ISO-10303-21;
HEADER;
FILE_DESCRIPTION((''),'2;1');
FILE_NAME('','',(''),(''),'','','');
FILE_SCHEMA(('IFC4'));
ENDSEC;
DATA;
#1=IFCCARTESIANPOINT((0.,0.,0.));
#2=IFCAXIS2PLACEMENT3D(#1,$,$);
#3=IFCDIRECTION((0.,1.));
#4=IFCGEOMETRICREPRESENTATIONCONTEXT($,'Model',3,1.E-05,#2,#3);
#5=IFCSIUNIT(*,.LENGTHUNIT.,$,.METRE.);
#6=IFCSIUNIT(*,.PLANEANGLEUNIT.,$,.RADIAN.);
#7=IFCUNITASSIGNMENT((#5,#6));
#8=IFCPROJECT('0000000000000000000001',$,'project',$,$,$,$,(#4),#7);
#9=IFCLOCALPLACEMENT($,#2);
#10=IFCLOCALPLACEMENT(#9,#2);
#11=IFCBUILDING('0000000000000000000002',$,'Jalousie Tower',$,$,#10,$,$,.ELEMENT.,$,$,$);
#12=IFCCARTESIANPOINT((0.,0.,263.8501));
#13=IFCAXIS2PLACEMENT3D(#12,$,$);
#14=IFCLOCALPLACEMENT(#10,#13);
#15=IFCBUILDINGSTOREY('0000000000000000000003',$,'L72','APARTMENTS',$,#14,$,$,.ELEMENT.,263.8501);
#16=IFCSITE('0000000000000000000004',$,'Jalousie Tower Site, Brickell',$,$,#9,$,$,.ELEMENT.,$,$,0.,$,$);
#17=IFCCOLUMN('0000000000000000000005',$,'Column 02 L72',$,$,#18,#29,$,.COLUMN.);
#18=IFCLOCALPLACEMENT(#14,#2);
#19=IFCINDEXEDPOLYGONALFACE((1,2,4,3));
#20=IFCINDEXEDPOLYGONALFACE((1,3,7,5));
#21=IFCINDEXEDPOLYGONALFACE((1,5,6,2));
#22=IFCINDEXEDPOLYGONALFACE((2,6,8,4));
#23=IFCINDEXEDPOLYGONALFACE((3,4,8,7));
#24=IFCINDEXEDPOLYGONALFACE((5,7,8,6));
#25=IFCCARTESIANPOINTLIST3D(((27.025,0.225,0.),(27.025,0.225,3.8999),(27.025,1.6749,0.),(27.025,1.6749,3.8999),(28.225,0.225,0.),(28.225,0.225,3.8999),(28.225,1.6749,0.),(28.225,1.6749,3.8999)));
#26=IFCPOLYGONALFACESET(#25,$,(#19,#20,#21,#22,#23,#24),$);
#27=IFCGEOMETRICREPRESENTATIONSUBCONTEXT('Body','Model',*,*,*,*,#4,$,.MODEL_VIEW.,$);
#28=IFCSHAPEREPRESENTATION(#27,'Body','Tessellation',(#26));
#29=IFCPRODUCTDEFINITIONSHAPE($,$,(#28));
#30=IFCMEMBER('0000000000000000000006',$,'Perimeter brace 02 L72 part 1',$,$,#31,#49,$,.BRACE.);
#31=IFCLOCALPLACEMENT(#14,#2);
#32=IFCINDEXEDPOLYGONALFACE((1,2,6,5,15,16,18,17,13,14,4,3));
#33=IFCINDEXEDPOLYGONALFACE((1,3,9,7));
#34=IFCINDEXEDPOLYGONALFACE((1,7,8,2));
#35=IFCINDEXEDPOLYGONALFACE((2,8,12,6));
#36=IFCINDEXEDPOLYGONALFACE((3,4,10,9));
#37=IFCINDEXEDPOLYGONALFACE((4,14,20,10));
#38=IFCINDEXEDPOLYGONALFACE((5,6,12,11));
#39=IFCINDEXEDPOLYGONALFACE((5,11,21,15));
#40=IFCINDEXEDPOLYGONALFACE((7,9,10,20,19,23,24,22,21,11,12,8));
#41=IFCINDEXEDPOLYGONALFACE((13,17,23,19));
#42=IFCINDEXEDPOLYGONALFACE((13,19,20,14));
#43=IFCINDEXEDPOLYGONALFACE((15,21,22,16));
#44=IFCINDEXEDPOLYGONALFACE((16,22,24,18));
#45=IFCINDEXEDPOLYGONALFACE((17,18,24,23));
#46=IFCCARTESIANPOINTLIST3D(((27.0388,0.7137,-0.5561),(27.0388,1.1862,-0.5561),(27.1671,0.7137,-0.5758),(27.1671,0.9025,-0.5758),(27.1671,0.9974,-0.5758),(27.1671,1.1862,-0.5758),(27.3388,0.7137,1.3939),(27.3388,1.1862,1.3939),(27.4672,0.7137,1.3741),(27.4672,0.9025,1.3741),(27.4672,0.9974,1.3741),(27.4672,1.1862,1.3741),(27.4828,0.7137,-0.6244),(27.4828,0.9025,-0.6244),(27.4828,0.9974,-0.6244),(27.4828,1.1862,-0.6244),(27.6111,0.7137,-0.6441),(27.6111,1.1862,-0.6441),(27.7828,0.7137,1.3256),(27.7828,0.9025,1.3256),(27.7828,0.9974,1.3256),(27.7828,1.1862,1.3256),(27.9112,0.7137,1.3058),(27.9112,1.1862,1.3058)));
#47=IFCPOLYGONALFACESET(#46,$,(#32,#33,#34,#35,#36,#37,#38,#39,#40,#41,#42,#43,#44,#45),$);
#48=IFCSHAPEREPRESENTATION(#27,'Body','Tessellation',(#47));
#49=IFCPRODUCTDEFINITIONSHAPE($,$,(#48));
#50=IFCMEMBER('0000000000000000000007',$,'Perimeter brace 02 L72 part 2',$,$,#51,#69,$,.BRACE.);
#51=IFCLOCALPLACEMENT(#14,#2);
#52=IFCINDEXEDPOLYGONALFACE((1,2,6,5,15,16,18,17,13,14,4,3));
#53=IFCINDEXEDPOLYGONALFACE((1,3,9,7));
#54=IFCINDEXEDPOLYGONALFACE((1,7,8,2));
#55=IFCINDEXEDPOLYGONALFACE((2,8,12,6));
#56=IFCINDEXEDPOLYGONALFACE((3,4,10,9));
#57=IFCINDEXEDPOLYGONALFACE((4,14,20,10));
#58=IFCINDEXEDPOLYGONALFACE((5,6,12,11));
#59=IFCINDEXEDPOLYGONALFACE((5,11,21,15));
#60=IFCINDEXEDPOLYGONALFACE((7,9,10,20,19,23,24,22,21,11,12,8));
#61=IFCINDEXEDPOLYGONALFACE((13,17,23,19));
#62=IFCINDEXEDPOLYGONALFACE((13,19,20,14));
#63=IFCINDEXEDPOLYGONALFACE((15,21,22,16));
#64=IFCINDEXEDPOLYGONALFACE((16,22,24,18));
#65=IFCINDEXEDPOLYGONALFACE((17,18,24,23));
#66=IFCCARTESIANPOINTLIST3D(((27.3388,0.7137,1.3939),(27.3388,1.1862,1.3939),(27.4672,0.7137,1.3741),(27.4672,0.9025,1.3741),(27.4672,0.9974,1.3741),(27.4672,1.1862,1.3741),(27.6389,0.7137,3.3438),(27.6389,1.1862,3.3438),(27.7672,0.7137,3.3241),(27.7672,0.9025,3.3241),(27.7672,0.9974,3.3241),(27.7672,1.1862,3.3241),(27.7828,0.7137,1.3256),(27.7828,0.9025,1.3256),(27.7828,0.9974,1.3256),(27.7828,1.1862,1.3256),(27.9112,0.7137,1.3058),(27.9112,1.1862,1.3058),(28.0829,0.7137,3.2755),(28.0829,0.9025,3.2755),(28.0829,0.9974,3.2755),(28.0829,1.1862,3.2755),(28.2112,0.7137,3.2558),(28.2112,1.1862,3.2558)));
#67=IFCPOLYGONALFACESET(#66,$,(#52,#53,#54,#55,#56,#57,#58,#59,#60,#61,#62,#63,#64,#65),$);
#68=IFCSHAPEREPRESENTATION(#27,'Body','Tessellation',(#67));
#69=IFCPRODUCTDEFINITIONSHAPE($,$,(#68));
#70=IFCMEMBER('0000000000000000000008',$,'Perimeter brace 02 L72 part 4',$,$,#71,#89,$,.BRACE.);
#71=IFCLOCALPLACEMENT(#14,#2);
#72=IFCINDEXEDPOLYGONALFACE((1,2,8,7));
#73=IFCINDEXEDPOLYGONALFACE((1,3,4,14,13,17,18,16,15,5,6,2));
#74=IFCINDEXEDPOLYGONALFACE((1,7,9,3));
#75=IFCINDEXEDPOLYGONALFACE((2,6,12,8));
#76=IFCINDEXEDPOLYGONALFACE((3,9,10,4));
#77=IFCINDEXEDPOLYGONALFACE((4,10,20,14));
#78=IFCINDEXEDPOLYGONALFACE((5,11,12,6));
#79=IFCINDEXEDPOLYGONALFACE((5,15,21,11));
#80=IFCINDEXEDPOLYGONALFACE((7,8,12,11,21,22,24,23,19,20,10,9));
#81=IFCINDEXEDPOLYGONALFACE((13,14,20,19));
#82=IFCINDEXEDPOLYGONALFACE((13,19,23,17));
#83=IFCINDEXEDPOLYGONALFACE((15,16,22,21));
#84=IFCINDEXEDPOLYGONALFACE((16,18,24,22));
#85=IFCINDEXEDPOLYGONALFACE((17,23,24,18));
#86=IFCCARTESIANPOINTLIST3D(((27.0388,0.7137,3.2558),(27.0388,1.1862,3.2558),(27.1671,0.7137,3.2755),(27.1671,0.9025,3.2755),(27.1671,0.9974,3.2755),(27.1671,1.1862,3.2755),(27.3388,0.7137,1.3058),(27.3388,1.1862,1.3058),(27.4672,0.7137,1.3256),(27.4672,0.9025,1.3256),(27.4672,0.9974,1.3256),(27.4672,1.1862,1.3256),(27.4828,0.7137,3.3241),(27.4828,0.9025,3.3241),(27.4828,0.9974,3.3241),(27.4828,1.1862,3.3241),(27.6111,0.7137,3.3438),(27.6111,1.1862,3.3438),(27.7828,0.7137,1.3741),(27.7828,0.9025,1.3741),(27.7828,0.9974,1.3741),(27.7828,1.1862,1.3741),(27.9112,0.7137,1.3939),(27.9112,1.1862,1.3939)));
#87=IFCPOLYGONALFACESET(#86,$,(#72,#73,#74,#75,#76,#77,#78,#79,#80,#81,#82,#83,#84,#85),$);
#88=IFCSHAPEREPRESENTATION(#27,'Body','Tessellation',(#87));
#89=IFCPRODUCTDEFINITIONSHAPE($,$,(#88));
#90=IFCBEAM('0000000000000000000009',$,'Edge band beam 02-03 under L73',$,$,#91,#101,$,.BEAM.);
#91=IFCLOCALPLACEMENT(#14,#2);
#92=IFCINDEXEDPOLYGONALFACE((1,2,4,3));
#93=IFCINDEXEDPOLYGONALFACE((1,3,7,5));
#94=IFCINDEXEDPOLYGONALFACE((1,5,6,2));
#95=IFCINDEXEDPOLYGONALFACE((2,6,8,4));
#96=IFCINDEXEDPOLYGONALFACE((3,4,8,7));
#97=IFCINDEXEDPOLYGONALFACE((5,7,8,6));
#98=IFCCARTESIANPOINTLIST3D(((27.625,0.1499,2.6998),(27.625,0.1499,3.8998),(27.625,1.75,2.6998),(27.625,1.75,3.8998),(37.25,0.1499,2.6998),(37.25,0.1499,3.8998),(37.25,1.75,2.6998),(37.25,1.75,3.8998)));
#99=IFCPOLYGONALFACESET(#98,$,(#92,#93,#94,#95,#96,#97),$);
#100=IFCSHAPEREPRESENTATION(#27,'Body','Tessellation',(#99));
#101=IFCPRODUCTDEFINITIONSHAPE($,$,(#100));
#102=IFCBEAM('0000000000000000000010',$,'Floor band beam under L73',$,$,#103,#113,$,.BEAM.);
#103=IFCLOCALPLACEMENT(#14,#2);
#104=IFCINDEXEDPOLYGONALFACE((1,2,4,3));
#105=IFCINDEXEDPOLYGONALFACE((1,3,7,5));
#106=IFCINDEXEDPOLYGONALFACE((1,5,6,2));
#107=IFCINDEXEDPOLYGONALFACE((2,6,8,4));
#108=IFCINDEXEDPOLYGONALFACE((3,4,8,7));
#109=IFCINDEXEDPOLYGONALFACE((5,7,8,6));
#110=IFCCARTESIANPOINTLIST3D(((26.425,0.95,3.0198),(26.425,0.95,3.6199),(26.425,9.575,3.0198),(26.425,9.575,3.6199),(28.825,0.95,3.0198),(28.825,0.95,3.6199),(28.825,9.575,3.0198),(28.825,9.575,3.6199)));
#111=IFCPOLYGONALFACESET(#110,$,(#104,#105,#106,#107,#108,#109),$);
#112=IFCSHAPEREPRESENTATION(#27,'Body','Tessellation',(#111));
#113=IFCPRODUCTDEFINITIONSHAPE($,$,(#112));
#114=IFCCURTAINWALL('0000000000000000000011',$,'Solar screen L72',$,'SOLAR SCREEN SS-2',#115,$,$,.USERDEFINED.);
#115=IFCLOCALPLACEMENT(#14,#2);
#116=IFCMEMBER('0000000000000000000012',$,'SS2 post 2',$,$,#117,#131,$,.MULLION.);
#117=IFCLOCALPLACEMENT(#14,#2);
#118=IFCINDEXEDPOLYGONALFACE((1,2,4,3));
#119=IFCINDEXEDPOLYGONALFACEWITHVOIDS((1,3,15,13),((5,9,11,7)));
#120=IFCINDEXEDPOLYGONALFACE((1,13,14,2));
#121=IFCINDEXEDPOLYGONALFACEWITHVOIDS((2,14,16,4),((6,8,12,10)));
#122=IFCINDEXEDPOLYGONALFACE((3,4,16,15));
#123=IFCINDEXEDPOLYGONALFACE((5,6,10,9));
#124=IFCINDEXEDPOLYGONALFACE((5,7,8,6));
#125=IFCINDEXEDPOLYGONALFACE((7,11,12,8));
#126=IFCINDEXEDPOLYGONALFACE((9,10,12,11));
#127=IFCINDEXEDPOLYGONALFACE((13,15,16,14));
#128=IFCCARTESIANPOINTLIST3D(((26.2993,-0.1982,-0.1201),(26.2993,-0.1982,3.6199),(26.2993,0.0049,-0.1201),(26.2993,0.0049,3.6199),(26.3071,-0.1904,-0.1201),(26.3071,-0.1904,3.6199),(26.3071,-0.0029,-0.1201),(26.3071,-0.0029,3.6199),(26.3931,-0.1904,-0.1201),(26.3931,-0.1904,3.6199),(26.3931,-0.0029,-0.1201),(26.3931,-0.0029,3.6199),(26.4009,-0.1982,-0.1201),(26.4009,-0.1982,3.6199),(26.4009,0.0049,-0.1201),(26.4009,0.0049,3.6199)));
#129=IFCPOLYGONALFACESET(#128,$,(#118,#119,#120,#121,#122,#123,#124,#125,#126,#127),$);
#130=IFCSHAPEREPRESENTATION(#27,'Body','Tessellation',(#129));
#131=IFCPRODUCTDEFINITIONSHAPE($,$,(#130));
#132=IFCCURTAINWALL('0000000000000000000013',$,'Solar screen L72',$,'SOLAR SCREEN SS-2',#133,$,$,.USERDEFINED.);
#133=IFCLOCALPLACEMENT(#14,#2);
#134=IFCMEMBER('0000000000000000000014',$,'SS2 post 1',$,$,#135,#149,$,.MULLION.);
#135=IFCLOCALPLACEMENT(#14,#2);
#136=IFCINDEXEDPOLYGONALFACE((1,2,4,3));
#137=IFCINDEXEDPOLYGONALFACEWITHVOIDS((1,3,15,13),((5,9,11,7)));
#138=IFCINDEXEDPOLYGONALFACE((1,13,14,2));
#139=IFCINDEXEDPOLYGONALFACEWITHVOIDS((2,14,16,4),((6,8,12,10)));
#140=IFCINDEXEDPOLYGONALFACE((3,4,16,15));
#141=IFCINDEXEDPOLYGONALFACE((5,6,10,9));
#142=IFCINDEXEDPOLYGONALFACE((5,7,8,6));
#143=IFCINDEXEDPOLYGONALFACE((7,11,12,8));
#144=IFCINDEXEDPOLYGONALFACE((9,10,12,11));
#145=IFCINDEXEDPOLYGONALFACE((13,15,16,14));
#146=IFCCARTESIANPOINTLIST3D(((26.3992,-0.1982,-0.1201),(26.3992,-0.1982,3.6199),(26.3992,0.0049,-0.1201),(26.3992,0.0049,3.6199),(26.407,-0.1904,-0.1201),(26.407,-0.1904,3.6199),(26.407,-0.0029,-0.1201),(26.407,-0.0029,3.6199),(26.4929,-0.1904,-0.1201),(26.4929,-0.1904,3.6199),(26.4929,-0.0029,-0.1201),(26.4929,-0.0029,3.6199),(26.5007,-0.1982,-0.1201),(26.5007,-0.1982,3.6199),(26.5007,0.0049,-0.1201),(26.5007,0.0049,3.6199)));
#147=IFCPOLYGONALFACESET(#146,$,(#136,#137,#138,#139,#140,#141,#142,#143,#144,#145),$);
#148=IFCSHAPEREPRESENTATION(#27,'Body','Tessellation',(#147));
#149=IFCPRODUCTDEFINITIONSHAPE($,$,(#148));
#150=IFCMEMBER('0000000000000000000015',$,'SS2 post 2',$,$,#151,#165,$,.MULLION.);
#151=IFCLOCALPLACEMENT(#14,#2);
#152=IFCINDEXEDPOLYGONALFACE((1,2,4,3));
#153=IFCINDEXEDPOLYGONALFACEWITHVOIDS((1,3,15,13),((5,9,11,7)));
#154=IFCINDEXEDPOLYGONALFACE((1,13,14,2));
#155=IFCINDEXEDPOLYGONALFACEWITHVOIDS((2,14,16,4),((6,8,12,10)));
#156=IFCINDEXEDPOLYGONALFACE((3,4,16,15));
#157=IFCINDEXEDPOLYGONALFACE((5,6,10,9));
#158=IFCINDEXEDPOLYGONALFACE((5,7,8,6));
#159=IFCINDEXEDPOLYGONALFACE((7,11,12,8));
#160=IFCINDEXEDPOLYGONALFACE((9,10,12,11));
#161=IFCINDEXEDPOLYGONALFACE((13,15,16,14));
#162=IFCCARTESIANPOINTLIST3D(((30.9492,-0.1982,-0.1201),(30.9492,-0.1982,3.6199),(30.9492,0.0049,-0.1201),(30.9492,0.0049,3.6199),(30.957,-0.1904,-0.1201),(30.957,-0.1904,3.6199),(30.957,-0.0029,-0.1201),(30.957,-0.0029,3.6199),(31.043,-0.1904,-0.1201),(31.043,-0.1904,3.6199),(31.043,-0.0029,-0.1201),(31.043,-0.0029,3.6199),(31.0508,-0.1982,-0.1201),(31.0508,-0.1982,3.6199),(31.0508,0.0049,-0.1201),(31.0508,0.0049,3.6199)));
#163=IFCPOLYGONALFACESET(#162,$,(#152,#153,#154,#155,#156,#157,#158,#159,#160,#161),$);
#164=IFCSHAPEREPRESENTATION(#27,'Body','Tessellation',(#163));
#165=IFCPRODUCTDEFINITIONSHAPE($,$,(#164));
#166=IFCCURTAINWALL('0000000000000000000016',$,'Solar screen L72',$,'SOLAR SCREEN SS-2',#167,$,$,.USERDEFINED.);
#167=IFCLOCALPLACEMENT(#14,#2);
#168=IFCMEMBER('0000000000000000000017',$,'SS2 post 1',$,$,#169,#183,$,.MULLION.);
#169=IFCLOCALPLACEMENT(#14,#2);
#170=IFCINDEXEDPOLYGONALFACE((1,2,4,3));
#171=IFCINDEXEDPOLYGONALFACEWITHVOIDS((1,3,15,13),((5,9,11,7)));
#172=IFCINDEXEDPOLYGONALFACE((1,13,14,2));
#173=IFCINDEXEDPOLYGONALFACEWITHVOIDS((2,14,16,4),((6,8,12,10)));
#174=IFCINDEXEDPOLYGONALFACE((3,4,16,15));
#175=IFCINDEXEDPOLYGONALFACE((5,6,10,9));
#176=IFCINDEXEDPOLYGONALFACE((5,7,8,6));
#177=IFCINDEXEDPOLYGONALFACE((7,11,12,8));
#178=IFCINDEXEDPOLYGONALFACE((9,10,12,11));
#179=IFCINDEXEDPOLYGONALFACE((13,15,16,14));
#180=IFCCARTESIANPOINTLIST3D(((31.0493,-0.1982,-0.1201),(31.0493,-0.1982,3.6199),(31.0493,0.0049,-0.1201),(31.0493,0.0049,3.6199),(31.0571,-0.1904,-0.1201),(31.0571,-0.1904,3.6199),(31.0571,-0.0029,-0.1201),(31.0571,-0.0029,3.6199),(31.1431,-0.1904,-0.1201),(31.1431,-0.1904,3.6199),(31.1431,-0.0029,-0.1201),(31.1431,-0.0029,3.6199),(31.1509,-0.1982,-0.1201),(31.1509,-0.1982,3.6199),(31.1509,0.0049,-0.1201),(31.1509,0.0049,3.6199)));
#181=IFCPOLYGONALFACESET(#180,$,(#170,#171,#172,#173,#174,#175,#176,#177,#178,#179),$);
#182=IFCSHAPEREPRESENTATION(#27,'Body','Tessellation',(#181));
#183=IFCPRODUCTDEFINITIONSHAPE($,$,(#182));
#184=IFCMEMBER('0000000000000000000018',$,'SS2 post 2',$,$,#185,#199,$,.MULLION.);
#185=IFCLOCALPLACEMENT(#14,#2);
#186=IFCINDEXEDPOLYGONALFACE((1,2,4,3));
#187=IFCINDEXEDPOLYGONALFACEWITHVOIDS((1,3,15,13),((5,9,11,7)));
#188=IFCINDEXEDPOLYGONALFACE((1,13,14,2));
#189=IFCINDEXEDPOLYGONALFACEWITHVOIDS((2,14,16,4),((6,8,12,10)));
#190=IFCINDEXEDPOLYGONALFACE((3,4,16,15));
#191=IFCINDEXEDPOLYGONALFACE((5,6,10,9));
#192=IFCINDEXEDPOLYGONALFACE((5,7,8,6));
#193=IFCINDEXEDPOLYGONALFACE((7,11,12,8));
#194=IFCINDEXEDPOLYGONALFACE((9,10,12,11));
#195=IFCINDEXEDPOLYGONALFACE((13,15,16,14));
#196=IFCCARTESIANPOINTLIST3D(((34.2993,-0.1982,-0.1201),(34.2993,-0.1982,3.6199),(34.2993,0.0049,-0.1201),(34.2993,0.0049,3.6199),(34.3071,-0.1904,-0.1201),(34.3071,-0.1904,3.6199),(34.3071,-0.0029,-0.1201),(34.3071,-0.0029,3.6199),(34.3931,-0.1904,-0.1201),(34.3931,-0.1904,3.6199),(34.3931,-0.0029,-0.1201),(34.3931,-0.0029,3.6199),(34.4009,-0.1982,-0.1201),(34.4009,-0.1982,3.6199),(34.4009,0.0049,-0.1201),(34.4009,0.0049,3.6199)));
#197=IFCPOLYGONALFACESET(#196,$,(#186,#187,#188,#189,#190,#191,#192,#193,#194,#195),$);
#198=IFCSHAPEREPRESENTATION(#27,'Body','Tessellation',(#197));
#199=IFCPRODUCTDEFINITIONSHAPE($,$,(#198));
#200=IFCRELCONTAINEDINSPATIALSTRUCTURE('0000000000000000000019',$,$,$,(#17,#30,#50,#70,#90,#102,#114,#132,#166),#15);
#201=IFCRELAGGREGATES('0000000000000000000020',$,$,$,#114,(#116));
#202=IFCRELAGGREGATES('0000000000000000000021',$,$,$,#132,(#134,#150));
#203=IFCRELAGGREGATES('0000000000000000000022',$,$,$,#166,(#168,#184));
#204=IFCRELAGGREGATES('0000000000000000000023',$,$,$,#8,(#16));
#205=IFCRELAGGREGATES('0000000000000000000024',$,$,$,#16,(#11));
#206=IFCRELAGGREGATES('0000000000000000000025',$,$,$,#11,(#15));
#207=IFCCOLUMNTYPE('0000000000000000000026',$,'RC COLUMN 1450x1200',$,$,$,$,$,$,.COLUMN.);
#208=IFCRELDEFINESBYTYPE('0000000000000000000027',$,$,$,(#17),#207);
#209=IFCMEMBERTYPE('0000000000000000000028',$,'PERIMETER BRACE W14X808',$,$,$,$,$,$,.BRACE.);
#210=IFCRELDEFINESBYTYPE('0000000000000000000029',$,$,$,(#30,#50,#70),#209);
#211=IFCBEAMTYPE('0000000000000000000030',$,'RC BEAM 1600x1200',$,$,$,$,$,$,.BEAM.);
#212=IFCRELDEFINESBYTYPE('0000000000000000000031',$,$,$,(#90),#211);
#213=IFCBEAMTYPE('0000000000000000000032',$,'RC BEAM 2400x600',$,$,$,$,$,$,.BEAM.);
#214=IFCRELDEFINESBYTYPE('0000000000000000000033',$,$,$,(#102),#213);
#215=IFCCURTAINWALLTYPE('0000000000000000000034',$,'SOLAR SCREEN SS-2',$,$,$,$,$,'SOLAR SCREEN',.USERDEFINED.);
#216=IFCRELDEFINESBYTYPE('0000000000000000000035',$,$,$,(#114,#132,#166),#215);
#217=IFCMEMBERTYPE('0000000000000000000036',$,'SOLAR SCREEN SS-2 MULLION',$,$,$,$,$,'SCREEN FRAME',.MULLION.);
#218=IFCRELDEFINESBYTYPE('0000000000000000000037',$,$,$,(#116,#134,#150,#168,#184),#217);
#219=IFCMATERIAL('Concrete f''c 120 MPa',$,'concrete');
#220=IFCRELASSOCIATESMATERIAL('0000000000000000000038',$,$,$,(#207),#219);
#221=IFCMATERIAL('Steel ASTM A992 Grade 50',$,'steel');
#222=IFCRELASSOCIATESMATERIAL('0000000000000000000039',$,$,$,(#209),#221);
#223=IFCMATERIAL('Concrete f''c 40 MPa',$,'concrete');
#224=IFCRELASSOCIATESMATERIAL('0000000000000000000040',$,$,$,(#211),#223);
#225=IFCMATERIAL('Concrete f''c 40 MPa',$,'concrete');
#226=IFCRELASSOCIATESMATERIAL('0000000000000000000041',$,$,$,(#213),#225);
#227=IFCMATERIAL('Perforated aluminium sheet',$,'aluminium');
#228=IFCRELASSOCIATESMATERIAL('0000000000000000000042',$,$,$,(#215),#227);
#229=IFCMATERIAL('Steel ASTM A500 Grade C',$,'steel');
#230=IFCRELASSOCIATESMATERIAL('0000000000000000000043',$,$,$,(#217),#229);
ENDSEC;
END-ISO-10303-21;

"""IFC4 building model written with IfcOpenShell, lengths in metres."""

from ifc_helpers import new_model, si_unit, direction, frame, origin, origin_2d, place, context, subcontext, project, spatial, rectangle, hollow_rectangle, i_section, extrude, material, material_profile, profile_set, type_object, element, aggregate, save


model = new_model("IFC4")

# Units and contexts
model_context = context("Model", 3, precision=1e-05, world=origin(), true_north=direction((0.0, 1.0)))
body_context = subcontext(model_context, "Body", "Model", "MODEL_VIEW")
ifc_project = project(units=[si_unit("LENGTHUNIT", "METRE"), si_unit("PLANEANGLEUNIT", "RADIAN")], contexts=[model_context])

# Site, building, storey
site_placement = place(None, origin())
site = spatial("IfcSite", under=ifc_project, at=site_placement, Name="Jalousie Tower Site, Brickell", CompositionType="ELEMENT", RefElevation=0.0)
building_placement = place(site_placement, origin())
building = spatial("IfcBuilding", under=site, at=building_placement, Name="Jalousie Tower", CompositionType="ELEMENT")
storey_placement = place(building_placement, frame((0.0, 0.0, 263.8501)))
storey = spatial("IfcBuildingStorey", under=building, at=storey_placement, Name="L72", Description="APARTMENTS", CompositionType="ELEMENT", Elevation=263.8501)

# Column
ifc_material_1 = material(Name="Concrete f'c 120 MPa", Category="concrete")
ifc_material_profile_1 = material_profile(ifc_material_1, rectangle(XDim=1.45, YDim=1.2, at=origin_2d()), Name="RC 1450x1200")
ifc_profile_set_1 = profile_set([ifc_material_profile_1], Name="Concrete f'c 120 MPa")
column_type = type_object("IfcColumnType", Name="RC COLUMN 1450x1200", PredefinedType="COLUMN", material=ifc_profile_set_1)
column_placement = place(storey_placement, frame((27.625, 0.95, 0.0), z_axis=(0.0, 0.0, 1.0), x_axis=(0.0, 1.0, 0.0)))
element("IfcColumn", 1, at=column_placement, inside=storey, type_object=column_type, Name="Column 02 L72", PredefinedType="COLUMN", context=body_context, shape_type="SweptSolid", body=[
    extrude(rectangle(XDim=1.45, YDim=1.2, at=origin_2d()), origin(), (0.0, 0.0, 1.0), 3.8999),
])

# Members
ifc_material_2 = material(Name="Steel ASTM A992 Grade 50", Category="steel")
ifc_material_profile_2 = material_profile(ifc_material_2, i_section(OverallWidth=0.4724, OverallDepth=0.5791, WebThickness=0.095, FlangeThickness=0.1299, at=origin_2d()), Name="W14X808")
ifc_profile_set_2 = profile_set([ifc_material_profile_2], Name="Steel ASTM A992 Grade 50")
member_type_1 = type_object("IfcMemberType", Name="PERIMETER BRACE W14X808", PredefinedType="BRACE", material=ifc_profile_set_2)
for number, where, z_axis, x_axis, name in (
    (2, (27.325, 0.95, -0.6001), (0.152085, 0.0, 0.988367), (0.0, 1.0, 0.0), "Perimeter brace 02 L72 part 1"),
    (3, (27.625, 0.95, 1.3499), (0.152085, 0.0, 0.988367), (0.0, 1.0, 0.0), "Perimeter brace 02 L72 part 2"),
    (4, (27.625, 0.95, 1.3499), (-0.152085, 0.0, 0.988367), (0.0, -1.0, 0.0), "Perimeter brace 02 L72 part 4"),
):
    element("IfcMember", number, at=place(storey_placement, frame(where, z_axis=z_axis, x_axis=x_axis)), inside=storey, type_object=member_type_1, Name=name, PredefinedType="BRACE", context=body_context, shape_type="SweptSolid", body=[
        extrude(i_section(OverallWidth=0.4724, OverallDepth=0.5791, WebThickness=0.095, FlangeThickness=0.1299, at=origin_2d()), origin(), (0.0, 0.0, 1.0), 1.9729),
    ])

# Beams
ifc_material_3 = material(Name="Concrete f'c 40 MPa", Category="concrete")
ifc_material_profile_3 = material_profile(ifc_material_3, rectangle(XDim=1.6001, YDim=1.2, at=origin_2d()), Name="RC 1600x1200")
ifc_profile_set_3 = profile_set([ifc_material_profile_3], Name="Concrete f'c 40 MPa")
beam_type_1 = type_object("IfcBeamType", Name="RC BEAM 1600x1200", PredefinedType="BEAM", material=ifc_profile_set_3)
beam_1_placement = place(storey_placement, frame((27.625, 0.95, 3.2998), z_axis=(1.0, 0.0, 0.0), x_axis=(0.0, 1.0, 0.0)))
element("IfcBeam", 5, at=beam_1_placement, inside=storey, type_object=beam_type_1, Name="Edge band beam 02-03 under L73", PredefinedType="BEAM", context=body_context, shape_type="SweptSolid", body=[
    extrude(rectangle(XDim=1.6001, YDim=1.2, at=origin_2d()), origin(), (0.0, 0.0, 1.0), 9.625),
])
ifc_material_4 = material(Name="Concrete f'c 40 MPa", Category="concrete")
ifc_material_profile_4 = material_profile(ifc_material_4, rectangle(XDim=2.3999, YDim=0.6001, at=origin_2d()), Name="RC 2400x600")
ifc_profile_set_4 = profile_set([ifc_material_profile_4], Name="Concrete f'c 40 MPa")
beam_type_2 = type_object("IfcBeamType", Name="RC BEAM 2400x600", PredefinedType="BEAM", material=ifc_profile_set_4)
beam_2_placement = place(storey_placement, frame((27.625, 0.95, 3.3198), z_axis=(0.0, 1.0, 0.0), x_axis=(-1.0, 0.0, 0.0)))
element("IfcBeam", 6, at=beam_2_placement, inside=storey, type_object=beam_type_2, Name="Floor band beam under L73", PredefinedType="BEAM", context=body_context, shape_type="SweptSolid", body=[
    extrude(rectangle(XDim=2.3999, YDim=0.6001, at=origin_2d()), origin(), (0.0, 0.0, 1.0), 8.625),
])

# Curtain wall, member
ifc_material_5 = material(Name="Perforated aluminium sheet", Category="aluminium")
curtain_wall_type = type_object("IfcCurtainWallType", Name="SOLAR SCREEN SS-2", ElementType="SOLAR SCREEN", PredefinedType="USERDEFINED", material=ifc_material_5)
curtain_wall_1_placement = place(storey_placement, origin())
curtain_wall_1 = element("IfcCurtainWall", 7, at=curtain_wall_1_placement, inside=storey, type_object=curtain_wall_type, Name="Solar screen L72", ObjectType="SOLAR SCREEN SS-2", PredefinedType="USERDEFINED")
ifc_material_6 = material(Name="Steel ASTM A500 Grade C", Category="steel")
ifc_material_profile_5 = material_profile(ifc_material_6, hollow_rectangle(XDim=0.1016, YDim=0.2031, WallThickness=0.0078, at=origin_2d()), Name="HSS8X4X5/16")
ifc_profile_set_5 = profile_set([ifc_material_profile_5], Name="Steel ASTM A500 Grade C")
member_type_2 = type_object("IfcMemberType", Name="SOLAR SCREEN SS-2 MULLION", ElementType="SCREEN FRAME", PredefinedType="MULLION", material=ifc_profile_set_5)
member_1_placement = place(storey_placement, frame((26.3501, -0.0967, -0.1201), z_axis=(0.0, 0.0, 1.0), x_axis=(1.0, 0.0, 0.0)))
member_1 = element("IfcMember", 8, at=member_1_placement, type_object=member_type_2, Name="SS2 post 2", PredefinedType="MULLION", context=body_context, shape_type="SweptSolid", body=[
    extrude(hollow_rectangle(XDim=0.1016, YDim=0.2031, WallThickness=0.0078, at=origin_2d()), origin(), (0.0, 0.0, 1.0), 3.74),
])

# Curtain walls, members
curtain_wall_2_placement = place(storey_placement, origin())
curtain_wall_2 = element("IfcCurtainWall", 9, at=curtain_wall_2_placement, inside=storey, type_object=curtain_wall_type, Name="Solar screen L72", ObjectType="SOLAR SCREEN SS-2", PredefinedType="USERDEFINED")
member_2_placement = place(storey_placement, frame((26.45, -0.0967, -0.1201), z_axis=(0.0, 0.0, 1.0), x_axis=(1.0, 0.0, 0.0)))
member_2 = element("IfcMember", 10, at=member_2_placement, type_object=member_type_2, Name="SS2 post 1", PredefinedType="MULLION", context=body_context, shape_type="SweptSolid", body=[
    extrude(hollow_rectangle(XDim=0.1016, YDim=0.2031, WallThickness=0.0078, at=origin_2d()), origin(), (0.0, 0.0, 1.0), 3.74),
])
member_3_placement = place(storey_placement, frame((31.0, -0.0967, -0.1201), z_axis=(0.0, 0.0, 1.0), x_axis=(1.0, 0.0, 0.0)))
member_3 = element("IfcMember", 11, at=member_3_placement, type_object=member_type_2, Name="SS2 post 2", PredefinedType="MULLION", context=body_context, shape_type="SweptSolid", body=[
    extrude(hollow_rectangle(XDim=0.1016, YDim=0.2031, WallThickness=0.0078, at=origin_2d()), origin(), (0.0, 0.0, 1.0), 3.74),
])
curtain_wall_3_placement = place(storey_placement, origin())
curtain_wall_3 = element("IfcCurtainWall", 12, at=curtain_wall_3_placement, inside=storey, type_object=curtain_wall_type, Name="Solar screen L72", ObjectType="SOLAR SCREEN SS-2", PredefinedType="USERDEFINED")
member_4_placement = place(storey_placement, frame((31.1001, -0.0967, -0.1201), z_axis=(0.0, 0.0, 1.0), x_axis=(1.0, 0.0, 0.0)))
member_4 = element("IfcMember", 13, at=member_4_placement, type_object=member_type_2, Name="SS2 post 1", PredefinedType="MULLION", context=body_context, shape_type="SweptSolid", body=[
    extrude(hollow_rectangle(XDim=0.1016, YDim=0.2031, WallThickness=0.0078, at=origin_2d()), origin(), (0.0, 0.0, 1.0), 3.74),
])
member_5_placement = place(storey_placement, frame((34.3501, -0.0967, -0.1201), z_axis=(0.0, 0.0, 1.0), x_axis=(1.0, 0.0, 0.0)))
member_5 = element("IfcMember", 14, at=member_5_placement, type_object=member_type_2, Name="SS2 post 2", PredefinedType="MULLION", context=body_context, shape_type="SweptSolid", body=[
    extrude(hollow_rectangle(XDim=0.1016, YDim=0.2031, WallThickness=0.0078, at=origin_2d()), origin(), (0.0, 0.0, 1.0), 3.74),
])

aggregate(curtain_wall_1, [member_1])
aggregate(curtain_wall_2, [member_2, member_3])
aggregate(curtain_wall_3, [member_4, member_5])

save(model, "model.ifc")
